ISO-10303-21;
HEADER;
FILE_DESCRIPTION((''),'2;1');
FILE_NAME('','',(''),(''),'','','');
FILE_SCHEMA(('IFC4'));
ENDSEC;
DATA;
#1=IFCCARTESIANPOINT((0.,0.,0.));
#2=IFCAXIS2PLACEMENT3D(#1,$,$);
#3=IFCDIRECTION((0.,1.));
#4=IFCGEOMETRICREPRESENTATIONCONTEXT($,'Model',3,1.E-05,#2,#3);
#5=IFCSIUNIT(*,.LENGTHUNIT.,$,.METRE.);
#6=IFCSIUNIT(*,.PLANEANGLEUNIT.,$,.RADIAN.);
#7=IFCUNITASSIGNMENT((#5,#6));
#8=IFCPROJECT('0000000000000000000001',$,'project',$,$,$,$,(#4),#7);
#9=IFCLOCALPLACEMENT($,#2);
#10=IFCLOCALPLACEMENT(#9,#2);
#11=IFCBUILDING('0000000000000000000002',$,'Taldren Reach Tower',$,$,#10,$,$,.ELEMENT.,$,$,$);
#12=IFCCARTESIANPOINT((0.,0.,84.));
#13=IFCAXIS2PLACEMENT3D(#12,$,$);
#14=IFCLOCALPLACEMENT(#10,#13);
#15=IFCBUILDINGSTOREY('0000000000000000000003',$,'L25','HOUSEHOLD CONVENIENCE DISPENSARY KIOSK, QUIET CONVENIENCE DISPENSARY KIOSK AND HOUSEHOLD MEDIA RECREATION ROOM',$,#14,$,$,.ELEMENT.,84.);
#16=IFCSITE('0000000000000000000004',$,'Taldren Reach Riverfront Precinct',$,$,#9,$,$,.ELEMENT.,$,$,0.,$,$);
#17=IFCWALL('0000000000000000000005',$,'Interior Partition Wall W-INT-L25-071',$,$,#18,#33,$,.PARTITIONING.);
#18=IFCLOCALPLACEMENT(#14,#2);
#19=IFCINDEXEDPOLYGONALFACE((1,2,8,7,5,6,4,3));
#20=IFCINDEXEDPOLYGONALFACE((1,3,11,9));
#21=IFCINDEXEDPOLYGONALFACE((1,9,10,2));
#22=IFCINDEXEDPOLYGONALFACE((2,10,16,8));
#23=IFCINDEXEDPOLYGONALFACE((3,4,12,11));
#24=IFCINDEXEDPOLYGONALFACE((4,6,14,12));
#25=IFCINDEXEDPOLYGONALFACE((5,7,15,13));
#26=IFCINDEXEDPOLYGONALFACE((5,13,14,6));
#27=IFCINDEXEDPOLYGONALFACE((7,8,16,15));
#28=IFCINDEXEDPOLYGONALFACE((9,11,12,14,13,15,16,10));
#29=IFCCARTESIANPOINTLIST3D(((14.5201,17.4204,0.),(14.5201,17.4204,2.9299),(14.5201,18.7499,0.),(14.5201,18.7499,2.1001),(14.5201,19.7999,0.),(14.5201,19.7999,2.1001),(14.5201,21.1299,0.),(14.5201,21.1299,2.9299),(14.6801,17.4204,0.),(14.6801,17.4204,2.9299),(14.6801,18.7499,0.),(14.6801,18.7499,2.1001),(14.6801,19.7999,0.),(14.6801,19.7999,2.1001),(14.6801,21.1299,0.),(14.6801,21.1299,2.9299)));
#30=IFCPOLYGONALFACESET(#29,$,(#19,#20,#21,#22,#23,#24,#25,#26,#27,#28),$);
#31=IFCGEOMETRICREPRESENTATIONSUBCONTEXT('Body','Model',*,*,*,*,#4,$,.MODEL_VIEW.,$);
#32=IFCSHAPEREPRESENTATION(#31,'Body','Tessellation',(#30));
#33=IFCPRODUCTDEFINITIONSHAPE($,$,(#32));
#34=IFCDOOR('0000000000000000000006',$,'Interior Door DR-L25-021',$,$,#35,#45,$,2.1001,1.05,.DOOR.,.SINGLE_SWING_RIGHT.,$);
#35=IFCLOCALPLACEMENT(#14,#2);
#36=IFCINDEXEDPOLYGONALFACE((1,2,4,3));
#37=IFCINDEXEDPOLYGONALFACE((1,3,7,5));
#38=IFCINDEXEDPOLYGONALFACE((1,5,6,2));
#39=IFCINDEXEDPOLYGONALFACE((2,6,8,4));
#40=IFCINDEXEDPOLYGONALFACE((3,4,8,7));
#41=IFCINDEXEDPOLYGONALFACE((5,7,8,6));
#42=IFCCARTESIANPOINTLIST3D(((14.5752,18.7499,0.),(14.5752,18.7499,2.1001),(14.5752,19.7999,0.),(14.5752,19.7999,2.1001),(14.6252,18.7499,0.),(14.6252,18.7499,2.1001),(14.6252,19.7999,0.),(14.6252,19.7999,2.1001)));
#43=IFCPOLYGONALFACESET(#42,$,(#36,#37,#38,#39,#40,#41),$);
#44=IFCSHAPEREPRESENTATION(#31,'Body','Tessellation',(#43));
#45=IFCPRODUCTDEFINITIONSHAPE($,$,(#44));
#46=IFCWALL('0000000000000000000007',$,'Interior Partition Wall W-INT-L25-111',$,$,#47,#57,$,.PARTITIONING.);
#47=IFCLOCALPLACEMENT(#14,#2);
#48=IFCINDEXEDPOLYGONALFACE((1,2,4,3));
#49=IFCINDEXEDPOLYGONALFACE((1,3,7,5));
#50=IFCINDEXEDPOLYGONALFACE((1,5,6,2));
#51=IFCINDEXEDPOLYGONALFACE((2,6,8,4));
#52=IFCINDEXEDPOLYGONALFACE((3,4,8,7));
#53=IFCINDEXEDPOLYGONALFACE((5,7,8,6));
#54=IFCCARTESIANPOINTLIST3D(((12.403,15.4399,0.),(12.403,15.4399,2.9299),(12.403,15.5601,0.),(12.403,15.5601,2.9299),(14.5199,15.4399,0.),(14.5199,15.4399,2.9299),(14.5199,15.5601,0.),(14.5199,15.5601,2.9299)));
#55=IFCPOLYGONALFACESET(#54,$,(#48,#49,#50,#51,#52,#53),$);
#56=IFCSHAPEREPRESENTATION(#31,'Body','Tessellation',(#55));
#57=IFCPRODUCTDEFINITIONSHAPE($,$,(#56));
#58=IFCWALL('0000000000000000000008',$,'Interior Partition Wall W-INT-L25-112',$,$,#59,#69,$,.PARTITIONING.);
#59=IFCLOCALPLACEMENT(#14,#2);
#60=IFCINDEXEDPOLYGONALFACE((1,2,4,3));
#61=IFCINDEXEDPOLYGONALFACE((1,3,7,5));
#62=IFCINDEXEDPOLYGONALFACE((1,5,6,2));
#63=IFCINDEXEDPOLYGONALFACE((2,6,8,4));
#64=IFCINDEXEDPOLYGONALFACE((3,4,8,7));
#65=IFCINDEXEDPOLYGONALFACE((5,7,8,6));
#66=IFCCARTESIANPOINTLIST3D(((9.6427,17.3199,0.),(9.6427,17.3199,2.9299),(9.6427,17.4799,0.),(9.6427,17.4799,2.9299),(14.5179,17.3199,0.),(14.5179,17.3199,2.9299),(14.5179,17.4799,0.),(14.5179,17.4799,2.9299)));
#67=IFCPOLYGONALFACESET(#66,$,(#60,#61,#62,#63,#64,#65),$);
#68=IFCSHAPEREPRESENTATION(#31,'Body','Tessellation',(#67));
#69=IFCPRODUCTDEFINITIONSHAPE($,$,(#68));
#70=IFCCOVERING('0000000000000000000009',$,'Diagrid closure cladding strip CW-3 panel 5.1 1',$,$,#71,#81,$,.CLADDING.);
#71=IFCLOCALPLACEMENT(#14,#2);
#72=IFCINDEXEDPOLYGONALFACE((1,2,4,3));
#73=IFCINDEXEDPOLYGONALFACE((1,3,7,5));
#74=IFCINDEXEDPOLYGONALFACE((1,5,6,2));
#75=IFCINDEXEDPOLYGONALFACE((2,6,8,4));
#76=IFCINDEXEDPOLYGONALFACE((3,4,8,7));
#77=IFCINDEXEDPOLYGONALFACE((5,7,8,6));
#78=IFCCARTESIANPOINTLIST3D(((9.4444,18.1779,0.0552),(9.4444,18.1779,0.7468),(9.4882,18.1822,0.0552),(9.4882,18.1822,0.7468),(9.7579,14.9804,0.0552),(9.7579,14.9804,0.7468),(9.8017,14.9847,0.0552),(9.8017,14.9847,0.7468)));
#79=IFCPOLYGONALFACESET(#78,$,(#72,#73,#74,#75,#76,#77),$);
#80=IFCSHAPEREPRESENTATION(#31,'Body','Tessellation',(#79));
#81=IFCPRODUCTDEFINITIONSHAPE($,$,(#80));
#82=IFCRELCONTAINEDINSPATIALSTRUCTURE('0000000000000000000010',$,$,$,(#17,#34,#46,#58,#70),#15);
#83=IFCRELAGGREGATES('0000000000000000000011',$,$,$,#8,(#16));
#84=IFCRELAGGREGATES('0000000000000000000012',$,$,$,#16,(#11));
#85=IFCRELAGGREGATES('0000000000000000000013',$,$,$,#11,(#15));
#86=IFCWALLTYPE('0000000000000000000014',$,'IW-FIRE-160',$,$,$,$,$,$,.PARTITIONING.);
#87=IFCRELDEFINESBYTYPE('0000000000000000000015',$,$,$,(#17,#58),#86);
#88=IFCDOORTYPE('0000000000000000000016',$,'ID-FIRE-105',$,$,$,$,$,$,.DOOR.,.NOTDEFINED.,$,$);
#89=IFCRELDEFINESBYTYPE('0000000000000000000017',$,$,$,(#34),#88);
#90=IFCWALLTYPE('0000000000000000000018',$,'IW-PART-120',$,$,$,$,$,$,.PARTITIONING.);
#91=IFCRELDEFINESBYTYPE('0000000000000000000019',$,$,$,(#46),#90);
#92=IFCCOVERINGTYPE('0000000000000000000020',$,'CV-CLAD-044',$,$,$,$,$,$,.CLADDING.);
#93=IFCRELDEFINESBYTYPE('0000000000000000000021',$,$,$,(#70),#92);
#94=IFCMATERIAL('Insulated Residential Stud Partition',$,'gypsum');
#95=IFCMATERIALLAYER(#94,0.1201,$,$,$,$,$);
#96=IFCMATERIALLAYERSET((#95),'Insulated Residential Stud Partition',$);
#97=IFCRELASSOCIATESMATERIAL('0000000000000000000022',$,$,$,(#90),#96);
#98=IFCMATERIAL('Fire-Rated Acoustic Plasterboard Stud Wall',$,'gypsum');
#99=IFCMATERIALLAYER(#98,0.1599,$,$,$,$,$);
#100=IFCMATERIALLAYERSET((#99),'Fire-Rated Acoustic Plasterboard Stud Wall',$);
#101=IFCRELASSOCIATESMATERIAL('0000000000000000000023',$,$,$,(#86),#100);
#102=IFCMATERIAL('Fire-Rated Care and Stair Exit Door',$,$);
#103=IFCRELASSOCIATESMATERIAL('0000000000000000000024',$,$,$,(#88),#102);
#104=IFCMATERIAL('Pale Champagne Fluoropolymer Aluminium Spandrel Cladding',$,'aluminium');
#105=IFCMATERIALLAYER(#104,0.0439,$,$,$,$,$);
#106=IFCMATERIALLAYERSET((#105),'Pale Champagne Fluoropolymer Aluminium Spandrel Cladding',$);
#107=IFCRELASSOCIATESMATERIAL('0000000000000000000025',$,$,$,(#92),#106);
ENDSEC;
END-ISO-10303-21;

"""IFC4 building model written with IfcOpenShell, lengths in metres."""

from ifc_helpers import new_model, si_unit, direction, frame, frame_2d, origin, origin_2d, place, context, subcontext, project, spatial, rectangle, extrude, source, transform, mapped, material, layer, layer_set, type_object, element, fill, save


model = new_model("IFC4")

# Units and contexts
model_context = context("Model", 3, precision=1e-05, world=origin(), true_north=direction((0.0, 1.0)))
body_context = subcontext(model_context, "Body", "Model", "MODEL_VIEW")
ifc_project = project(units=[si_unit("LENGTHUNIT", "METRE"), si_unit("PLANEANGLEUNIT", "RADIAN")], contexts=[model_context])

# Site, building, storey
site_placement = place(None, origin())
site = spatial("IfcSite", under=ifc_project, at=site_placement, Name="Taldren Reach Riverfront Precinct", CompositionType="ELEMENT", RefElevation=0.0)
building_placement = place(site_placement, origin())
building = spatial("IfcBuilding", under=site, at=building_placement, Name="Taldren Reach Tower", CompositionType="ELEMENT")
storey_placement = place(building_placement, frame((0.0, 0.0, 84.0)))
storey = spatial("IfcBuildingStorey", under=building, at=storey_placement, Name="L25", Description="HOUSEHOLD CONVENIENCE DISPENSARY KIOSK, QUIET CONVENIENCE DISPENSARY KIOSK AND HOUSEHOLD MEDIA RECREATION ROOM", CompositionType="ELEMENT", Elevation=84.0)

# Shared definitions
ifc_material_1 = material(Name="Insulated Residential Stud Partition", Category="gypsum")
ifc_layer_1 = layer(ifc_material_1, 0.1201)
ifc_layer_set_1 = layer_set([ifc_layer_1], Name="Insulated Residential Stud Partition")
wall_type_1 = type_object("IfcWallType", Name="IW-PART-120", PredefinedType="PARTITIONING", material=ifc_layer_set_1)

# Shared definitions
ifc_material_2 = material(Name="Fire-Rated Acoustic Plasterboard Stud Wall", Category="gypsum")
ifc_layer_2 = layer(ifc_material_2, 0.1599)
ifc_layer_set_2 = layer_set([ifc_layer_2], Name="Fire-Rated Acoustic Plasterboard Stud Wall")
wall_type_2 = type_object("IfcWallType", Name="IW-FIRE-160", PredefinedType="PARTITIONING", material=ifc_layer_set_2)

# Wall, opening, door
shared_shape_1 = source(origin(), body_context, "Body", "SweptSolid", [
    extrude(rectangle(XDim=3.7095, YDim=0.1599, at=frame_2d((1.8547, 0.0))), origin(), (0.0, 0.0, 1.0), 2.9299),
])
wall_1_placement = place(storey_placement, frame((14.6001, 17.4204, 0.0), z_axis=(0.0, 0.0, 1.0), x_axis=(0.0, 1.0, 0.0)))
wall_1 = element("IfcWall", 1, at=wall_1_placement, inside=storey, type_object=wall_type_2, Name="Interior Partition Wall W-INT-L25-071", PredefinedType="PARTITIONING", context=body_context, shape_type="MappedRepresentation", body=[
    mapped(shared_shape_1, transform((0.0, 0.0, 0.0), scale=1.0)),
])
shared_shape_2 = source(origin(), body_context, "Body", "SweptSolid", [
    extrude(rectangle(XDim=1.05, YDim=2.1001, at=frame_2d((0.5249, 1.05))), frame((0.0, 0.0898, 0.0), z_axis=(0.0, -1.0, 0.0), x_axis=(1.0, 0.0, 0.0)), (0.0, 0.0, 1.0), 0.1799),
])
opening_1_placement = place(wall_1_placement, frame((1.3296, 0.0, 0.0)))
opening_1 = element("IfcOpeningElement", 2, at=opening_1_placement, cuts=wall_1, PredefinedType="OPENING", context=body_context, shape_type="MappedRepresentation", body=[
    mapped(shared_shape_2, transform((0.0, 0.0, 0.0), scale=1.0)),
])
ifc_material_3 = material(Name="Fire-Rated Care and Stair Exit Door")
door_type_1 = type_object("IfcDoorType", Name="ID-FIRE-105", OperationType="NOTDEFINED", PredefinedType="DOOR", material=ifc_material_3)
shared_shape_3 = source(origin(), body_context, "Body", "SweptSolid", [
    extrude(rectangle(XDim=1.05, YDim=2.1001, at=frame_2d((0.5249, 1.05))), frame((0.0, 0.0249, 0.0), z_axis=(0.0, -1.0, 0.0), x_axis=(1.0, 0.0, 0.0)), (0.0, 0.0, 1.0), 0.05),
])
door_1_placement = place(opening_1_placement, origin())
door_1 = element("IfcDoor", 3, at=door_1_placement, inside=storey, type_object=door_type_1, Name="Interior Door DR-L25-021", OperationType="SINGLE_SWING_RIGHT", OverallHeight=2.1001, OverallWidth=1.05, PredefinedType="DOOR", context=body_context, shape_type="MappedRepresentation", body=[
    mapped(shared_shape_3, transform((0.0, 0.0, 0.0), scale=1.0)),
])
fill(opening_1, door_1)

# Walls
shared_shape_4 = source(origin(), body_context, "Body", "SweptSolid", [
    extrude(rectangle(XDim=2.1169, YDim=0.1201, at=frame_2d((1.0586, 0.0))), origin(), (0.0, 0.0, 1.0), 2.9299),
])
wall_2_placement = place(storey_placement, frame((14.52, 15.5, 0.0), z_axis=(0.0, 0.0, 1.0), x_axis=(-1.0, 0.0, 0.0)))
element("IfcWall", 4, at=wall_2_placement, inside=storey, type_object=wall_type_1, Name="Interior Partition Wall W-INT-L25-111", PredefinedType="PARTITIONING", context=body_context, shape_type="MappedRepresentation", body=[
    mapped(shared_shape_4, transform((0.0, 0.0, 0.0), scale=1.0)),
])
shared_shape_5 = source(origin(), body_context, "Body", "SweptSolid", [
    extrude(rectangle(XDim=4.8752, YDim=0.1599, at=frame_2d((2.4375, 0.0))), origin(), (0.0, 0.0, 1.0), 2.9299),
])
wall_3_placement = place(storey_placement, frame((9.6428, 17.3999, 0.0), z_axis=(0.0, 0.0, 1.0), x_axis=(1.0, 0.0, 0.0)))
element("IfcWall", 5, at=wall_3_placement, inside=storey, type_object=wall_type_2, Name="Interior Partition Wall W-INT-L25-112", PredefinedType="PARTITIONING", context=body_context, shape_type="MappedRepresentation", body=[
    mapped(shared_shape_5, transform((0.0, 0.0, 0.0), scale=1.0)),
])

# Covering
ifc_material_4 = material(Name="Pale Champagne Fluoropolymer Aluminium Spandrel Cladding", Category="aluminium")
ifc_layer_3 = layer(ifc_material_4, 0.0439)
ifc_layer_set_3 = layer_set([ifc_layer_3], Name="Pale Champagne Fluoropolymer Aluminium Spandrel Cladding")
covering_type = type_object("IfcCoveringType", Name="CV-CLAD-044", PredefinedType="CLADDING", material=ifc_layer_set_3)
shared_shape_6 = source(origin(), body_context, "Body", "SweptSolid", [
    extrude(rectangle(XDim=3.2129, YDim=0.0439, at=origin_2d()), origin(), (0.0, 0.0, 1.0), 0.6917),
])
covering_placement = place(storey_placement, frame((9.623, 16.5813, 0.0552), z_axis=(0.0, 0.0, 1.0), x_axis=(0.097583, -0.995227, 0.0)))
element("IfcCovering", 6, at=covering_placement, inside=storey, type_object=covering_type, Name="Diagrid closure cladding strip CW-3 panel 5.1 1", PredefinedType="CLADDING", context=body_context, shape_type="MappedRepresentation", body=[
    mapped(shared_shape_6, transform((0.0, 0.0, 0.0), scale=1.0)),
])

save(model, "model.ifc")
